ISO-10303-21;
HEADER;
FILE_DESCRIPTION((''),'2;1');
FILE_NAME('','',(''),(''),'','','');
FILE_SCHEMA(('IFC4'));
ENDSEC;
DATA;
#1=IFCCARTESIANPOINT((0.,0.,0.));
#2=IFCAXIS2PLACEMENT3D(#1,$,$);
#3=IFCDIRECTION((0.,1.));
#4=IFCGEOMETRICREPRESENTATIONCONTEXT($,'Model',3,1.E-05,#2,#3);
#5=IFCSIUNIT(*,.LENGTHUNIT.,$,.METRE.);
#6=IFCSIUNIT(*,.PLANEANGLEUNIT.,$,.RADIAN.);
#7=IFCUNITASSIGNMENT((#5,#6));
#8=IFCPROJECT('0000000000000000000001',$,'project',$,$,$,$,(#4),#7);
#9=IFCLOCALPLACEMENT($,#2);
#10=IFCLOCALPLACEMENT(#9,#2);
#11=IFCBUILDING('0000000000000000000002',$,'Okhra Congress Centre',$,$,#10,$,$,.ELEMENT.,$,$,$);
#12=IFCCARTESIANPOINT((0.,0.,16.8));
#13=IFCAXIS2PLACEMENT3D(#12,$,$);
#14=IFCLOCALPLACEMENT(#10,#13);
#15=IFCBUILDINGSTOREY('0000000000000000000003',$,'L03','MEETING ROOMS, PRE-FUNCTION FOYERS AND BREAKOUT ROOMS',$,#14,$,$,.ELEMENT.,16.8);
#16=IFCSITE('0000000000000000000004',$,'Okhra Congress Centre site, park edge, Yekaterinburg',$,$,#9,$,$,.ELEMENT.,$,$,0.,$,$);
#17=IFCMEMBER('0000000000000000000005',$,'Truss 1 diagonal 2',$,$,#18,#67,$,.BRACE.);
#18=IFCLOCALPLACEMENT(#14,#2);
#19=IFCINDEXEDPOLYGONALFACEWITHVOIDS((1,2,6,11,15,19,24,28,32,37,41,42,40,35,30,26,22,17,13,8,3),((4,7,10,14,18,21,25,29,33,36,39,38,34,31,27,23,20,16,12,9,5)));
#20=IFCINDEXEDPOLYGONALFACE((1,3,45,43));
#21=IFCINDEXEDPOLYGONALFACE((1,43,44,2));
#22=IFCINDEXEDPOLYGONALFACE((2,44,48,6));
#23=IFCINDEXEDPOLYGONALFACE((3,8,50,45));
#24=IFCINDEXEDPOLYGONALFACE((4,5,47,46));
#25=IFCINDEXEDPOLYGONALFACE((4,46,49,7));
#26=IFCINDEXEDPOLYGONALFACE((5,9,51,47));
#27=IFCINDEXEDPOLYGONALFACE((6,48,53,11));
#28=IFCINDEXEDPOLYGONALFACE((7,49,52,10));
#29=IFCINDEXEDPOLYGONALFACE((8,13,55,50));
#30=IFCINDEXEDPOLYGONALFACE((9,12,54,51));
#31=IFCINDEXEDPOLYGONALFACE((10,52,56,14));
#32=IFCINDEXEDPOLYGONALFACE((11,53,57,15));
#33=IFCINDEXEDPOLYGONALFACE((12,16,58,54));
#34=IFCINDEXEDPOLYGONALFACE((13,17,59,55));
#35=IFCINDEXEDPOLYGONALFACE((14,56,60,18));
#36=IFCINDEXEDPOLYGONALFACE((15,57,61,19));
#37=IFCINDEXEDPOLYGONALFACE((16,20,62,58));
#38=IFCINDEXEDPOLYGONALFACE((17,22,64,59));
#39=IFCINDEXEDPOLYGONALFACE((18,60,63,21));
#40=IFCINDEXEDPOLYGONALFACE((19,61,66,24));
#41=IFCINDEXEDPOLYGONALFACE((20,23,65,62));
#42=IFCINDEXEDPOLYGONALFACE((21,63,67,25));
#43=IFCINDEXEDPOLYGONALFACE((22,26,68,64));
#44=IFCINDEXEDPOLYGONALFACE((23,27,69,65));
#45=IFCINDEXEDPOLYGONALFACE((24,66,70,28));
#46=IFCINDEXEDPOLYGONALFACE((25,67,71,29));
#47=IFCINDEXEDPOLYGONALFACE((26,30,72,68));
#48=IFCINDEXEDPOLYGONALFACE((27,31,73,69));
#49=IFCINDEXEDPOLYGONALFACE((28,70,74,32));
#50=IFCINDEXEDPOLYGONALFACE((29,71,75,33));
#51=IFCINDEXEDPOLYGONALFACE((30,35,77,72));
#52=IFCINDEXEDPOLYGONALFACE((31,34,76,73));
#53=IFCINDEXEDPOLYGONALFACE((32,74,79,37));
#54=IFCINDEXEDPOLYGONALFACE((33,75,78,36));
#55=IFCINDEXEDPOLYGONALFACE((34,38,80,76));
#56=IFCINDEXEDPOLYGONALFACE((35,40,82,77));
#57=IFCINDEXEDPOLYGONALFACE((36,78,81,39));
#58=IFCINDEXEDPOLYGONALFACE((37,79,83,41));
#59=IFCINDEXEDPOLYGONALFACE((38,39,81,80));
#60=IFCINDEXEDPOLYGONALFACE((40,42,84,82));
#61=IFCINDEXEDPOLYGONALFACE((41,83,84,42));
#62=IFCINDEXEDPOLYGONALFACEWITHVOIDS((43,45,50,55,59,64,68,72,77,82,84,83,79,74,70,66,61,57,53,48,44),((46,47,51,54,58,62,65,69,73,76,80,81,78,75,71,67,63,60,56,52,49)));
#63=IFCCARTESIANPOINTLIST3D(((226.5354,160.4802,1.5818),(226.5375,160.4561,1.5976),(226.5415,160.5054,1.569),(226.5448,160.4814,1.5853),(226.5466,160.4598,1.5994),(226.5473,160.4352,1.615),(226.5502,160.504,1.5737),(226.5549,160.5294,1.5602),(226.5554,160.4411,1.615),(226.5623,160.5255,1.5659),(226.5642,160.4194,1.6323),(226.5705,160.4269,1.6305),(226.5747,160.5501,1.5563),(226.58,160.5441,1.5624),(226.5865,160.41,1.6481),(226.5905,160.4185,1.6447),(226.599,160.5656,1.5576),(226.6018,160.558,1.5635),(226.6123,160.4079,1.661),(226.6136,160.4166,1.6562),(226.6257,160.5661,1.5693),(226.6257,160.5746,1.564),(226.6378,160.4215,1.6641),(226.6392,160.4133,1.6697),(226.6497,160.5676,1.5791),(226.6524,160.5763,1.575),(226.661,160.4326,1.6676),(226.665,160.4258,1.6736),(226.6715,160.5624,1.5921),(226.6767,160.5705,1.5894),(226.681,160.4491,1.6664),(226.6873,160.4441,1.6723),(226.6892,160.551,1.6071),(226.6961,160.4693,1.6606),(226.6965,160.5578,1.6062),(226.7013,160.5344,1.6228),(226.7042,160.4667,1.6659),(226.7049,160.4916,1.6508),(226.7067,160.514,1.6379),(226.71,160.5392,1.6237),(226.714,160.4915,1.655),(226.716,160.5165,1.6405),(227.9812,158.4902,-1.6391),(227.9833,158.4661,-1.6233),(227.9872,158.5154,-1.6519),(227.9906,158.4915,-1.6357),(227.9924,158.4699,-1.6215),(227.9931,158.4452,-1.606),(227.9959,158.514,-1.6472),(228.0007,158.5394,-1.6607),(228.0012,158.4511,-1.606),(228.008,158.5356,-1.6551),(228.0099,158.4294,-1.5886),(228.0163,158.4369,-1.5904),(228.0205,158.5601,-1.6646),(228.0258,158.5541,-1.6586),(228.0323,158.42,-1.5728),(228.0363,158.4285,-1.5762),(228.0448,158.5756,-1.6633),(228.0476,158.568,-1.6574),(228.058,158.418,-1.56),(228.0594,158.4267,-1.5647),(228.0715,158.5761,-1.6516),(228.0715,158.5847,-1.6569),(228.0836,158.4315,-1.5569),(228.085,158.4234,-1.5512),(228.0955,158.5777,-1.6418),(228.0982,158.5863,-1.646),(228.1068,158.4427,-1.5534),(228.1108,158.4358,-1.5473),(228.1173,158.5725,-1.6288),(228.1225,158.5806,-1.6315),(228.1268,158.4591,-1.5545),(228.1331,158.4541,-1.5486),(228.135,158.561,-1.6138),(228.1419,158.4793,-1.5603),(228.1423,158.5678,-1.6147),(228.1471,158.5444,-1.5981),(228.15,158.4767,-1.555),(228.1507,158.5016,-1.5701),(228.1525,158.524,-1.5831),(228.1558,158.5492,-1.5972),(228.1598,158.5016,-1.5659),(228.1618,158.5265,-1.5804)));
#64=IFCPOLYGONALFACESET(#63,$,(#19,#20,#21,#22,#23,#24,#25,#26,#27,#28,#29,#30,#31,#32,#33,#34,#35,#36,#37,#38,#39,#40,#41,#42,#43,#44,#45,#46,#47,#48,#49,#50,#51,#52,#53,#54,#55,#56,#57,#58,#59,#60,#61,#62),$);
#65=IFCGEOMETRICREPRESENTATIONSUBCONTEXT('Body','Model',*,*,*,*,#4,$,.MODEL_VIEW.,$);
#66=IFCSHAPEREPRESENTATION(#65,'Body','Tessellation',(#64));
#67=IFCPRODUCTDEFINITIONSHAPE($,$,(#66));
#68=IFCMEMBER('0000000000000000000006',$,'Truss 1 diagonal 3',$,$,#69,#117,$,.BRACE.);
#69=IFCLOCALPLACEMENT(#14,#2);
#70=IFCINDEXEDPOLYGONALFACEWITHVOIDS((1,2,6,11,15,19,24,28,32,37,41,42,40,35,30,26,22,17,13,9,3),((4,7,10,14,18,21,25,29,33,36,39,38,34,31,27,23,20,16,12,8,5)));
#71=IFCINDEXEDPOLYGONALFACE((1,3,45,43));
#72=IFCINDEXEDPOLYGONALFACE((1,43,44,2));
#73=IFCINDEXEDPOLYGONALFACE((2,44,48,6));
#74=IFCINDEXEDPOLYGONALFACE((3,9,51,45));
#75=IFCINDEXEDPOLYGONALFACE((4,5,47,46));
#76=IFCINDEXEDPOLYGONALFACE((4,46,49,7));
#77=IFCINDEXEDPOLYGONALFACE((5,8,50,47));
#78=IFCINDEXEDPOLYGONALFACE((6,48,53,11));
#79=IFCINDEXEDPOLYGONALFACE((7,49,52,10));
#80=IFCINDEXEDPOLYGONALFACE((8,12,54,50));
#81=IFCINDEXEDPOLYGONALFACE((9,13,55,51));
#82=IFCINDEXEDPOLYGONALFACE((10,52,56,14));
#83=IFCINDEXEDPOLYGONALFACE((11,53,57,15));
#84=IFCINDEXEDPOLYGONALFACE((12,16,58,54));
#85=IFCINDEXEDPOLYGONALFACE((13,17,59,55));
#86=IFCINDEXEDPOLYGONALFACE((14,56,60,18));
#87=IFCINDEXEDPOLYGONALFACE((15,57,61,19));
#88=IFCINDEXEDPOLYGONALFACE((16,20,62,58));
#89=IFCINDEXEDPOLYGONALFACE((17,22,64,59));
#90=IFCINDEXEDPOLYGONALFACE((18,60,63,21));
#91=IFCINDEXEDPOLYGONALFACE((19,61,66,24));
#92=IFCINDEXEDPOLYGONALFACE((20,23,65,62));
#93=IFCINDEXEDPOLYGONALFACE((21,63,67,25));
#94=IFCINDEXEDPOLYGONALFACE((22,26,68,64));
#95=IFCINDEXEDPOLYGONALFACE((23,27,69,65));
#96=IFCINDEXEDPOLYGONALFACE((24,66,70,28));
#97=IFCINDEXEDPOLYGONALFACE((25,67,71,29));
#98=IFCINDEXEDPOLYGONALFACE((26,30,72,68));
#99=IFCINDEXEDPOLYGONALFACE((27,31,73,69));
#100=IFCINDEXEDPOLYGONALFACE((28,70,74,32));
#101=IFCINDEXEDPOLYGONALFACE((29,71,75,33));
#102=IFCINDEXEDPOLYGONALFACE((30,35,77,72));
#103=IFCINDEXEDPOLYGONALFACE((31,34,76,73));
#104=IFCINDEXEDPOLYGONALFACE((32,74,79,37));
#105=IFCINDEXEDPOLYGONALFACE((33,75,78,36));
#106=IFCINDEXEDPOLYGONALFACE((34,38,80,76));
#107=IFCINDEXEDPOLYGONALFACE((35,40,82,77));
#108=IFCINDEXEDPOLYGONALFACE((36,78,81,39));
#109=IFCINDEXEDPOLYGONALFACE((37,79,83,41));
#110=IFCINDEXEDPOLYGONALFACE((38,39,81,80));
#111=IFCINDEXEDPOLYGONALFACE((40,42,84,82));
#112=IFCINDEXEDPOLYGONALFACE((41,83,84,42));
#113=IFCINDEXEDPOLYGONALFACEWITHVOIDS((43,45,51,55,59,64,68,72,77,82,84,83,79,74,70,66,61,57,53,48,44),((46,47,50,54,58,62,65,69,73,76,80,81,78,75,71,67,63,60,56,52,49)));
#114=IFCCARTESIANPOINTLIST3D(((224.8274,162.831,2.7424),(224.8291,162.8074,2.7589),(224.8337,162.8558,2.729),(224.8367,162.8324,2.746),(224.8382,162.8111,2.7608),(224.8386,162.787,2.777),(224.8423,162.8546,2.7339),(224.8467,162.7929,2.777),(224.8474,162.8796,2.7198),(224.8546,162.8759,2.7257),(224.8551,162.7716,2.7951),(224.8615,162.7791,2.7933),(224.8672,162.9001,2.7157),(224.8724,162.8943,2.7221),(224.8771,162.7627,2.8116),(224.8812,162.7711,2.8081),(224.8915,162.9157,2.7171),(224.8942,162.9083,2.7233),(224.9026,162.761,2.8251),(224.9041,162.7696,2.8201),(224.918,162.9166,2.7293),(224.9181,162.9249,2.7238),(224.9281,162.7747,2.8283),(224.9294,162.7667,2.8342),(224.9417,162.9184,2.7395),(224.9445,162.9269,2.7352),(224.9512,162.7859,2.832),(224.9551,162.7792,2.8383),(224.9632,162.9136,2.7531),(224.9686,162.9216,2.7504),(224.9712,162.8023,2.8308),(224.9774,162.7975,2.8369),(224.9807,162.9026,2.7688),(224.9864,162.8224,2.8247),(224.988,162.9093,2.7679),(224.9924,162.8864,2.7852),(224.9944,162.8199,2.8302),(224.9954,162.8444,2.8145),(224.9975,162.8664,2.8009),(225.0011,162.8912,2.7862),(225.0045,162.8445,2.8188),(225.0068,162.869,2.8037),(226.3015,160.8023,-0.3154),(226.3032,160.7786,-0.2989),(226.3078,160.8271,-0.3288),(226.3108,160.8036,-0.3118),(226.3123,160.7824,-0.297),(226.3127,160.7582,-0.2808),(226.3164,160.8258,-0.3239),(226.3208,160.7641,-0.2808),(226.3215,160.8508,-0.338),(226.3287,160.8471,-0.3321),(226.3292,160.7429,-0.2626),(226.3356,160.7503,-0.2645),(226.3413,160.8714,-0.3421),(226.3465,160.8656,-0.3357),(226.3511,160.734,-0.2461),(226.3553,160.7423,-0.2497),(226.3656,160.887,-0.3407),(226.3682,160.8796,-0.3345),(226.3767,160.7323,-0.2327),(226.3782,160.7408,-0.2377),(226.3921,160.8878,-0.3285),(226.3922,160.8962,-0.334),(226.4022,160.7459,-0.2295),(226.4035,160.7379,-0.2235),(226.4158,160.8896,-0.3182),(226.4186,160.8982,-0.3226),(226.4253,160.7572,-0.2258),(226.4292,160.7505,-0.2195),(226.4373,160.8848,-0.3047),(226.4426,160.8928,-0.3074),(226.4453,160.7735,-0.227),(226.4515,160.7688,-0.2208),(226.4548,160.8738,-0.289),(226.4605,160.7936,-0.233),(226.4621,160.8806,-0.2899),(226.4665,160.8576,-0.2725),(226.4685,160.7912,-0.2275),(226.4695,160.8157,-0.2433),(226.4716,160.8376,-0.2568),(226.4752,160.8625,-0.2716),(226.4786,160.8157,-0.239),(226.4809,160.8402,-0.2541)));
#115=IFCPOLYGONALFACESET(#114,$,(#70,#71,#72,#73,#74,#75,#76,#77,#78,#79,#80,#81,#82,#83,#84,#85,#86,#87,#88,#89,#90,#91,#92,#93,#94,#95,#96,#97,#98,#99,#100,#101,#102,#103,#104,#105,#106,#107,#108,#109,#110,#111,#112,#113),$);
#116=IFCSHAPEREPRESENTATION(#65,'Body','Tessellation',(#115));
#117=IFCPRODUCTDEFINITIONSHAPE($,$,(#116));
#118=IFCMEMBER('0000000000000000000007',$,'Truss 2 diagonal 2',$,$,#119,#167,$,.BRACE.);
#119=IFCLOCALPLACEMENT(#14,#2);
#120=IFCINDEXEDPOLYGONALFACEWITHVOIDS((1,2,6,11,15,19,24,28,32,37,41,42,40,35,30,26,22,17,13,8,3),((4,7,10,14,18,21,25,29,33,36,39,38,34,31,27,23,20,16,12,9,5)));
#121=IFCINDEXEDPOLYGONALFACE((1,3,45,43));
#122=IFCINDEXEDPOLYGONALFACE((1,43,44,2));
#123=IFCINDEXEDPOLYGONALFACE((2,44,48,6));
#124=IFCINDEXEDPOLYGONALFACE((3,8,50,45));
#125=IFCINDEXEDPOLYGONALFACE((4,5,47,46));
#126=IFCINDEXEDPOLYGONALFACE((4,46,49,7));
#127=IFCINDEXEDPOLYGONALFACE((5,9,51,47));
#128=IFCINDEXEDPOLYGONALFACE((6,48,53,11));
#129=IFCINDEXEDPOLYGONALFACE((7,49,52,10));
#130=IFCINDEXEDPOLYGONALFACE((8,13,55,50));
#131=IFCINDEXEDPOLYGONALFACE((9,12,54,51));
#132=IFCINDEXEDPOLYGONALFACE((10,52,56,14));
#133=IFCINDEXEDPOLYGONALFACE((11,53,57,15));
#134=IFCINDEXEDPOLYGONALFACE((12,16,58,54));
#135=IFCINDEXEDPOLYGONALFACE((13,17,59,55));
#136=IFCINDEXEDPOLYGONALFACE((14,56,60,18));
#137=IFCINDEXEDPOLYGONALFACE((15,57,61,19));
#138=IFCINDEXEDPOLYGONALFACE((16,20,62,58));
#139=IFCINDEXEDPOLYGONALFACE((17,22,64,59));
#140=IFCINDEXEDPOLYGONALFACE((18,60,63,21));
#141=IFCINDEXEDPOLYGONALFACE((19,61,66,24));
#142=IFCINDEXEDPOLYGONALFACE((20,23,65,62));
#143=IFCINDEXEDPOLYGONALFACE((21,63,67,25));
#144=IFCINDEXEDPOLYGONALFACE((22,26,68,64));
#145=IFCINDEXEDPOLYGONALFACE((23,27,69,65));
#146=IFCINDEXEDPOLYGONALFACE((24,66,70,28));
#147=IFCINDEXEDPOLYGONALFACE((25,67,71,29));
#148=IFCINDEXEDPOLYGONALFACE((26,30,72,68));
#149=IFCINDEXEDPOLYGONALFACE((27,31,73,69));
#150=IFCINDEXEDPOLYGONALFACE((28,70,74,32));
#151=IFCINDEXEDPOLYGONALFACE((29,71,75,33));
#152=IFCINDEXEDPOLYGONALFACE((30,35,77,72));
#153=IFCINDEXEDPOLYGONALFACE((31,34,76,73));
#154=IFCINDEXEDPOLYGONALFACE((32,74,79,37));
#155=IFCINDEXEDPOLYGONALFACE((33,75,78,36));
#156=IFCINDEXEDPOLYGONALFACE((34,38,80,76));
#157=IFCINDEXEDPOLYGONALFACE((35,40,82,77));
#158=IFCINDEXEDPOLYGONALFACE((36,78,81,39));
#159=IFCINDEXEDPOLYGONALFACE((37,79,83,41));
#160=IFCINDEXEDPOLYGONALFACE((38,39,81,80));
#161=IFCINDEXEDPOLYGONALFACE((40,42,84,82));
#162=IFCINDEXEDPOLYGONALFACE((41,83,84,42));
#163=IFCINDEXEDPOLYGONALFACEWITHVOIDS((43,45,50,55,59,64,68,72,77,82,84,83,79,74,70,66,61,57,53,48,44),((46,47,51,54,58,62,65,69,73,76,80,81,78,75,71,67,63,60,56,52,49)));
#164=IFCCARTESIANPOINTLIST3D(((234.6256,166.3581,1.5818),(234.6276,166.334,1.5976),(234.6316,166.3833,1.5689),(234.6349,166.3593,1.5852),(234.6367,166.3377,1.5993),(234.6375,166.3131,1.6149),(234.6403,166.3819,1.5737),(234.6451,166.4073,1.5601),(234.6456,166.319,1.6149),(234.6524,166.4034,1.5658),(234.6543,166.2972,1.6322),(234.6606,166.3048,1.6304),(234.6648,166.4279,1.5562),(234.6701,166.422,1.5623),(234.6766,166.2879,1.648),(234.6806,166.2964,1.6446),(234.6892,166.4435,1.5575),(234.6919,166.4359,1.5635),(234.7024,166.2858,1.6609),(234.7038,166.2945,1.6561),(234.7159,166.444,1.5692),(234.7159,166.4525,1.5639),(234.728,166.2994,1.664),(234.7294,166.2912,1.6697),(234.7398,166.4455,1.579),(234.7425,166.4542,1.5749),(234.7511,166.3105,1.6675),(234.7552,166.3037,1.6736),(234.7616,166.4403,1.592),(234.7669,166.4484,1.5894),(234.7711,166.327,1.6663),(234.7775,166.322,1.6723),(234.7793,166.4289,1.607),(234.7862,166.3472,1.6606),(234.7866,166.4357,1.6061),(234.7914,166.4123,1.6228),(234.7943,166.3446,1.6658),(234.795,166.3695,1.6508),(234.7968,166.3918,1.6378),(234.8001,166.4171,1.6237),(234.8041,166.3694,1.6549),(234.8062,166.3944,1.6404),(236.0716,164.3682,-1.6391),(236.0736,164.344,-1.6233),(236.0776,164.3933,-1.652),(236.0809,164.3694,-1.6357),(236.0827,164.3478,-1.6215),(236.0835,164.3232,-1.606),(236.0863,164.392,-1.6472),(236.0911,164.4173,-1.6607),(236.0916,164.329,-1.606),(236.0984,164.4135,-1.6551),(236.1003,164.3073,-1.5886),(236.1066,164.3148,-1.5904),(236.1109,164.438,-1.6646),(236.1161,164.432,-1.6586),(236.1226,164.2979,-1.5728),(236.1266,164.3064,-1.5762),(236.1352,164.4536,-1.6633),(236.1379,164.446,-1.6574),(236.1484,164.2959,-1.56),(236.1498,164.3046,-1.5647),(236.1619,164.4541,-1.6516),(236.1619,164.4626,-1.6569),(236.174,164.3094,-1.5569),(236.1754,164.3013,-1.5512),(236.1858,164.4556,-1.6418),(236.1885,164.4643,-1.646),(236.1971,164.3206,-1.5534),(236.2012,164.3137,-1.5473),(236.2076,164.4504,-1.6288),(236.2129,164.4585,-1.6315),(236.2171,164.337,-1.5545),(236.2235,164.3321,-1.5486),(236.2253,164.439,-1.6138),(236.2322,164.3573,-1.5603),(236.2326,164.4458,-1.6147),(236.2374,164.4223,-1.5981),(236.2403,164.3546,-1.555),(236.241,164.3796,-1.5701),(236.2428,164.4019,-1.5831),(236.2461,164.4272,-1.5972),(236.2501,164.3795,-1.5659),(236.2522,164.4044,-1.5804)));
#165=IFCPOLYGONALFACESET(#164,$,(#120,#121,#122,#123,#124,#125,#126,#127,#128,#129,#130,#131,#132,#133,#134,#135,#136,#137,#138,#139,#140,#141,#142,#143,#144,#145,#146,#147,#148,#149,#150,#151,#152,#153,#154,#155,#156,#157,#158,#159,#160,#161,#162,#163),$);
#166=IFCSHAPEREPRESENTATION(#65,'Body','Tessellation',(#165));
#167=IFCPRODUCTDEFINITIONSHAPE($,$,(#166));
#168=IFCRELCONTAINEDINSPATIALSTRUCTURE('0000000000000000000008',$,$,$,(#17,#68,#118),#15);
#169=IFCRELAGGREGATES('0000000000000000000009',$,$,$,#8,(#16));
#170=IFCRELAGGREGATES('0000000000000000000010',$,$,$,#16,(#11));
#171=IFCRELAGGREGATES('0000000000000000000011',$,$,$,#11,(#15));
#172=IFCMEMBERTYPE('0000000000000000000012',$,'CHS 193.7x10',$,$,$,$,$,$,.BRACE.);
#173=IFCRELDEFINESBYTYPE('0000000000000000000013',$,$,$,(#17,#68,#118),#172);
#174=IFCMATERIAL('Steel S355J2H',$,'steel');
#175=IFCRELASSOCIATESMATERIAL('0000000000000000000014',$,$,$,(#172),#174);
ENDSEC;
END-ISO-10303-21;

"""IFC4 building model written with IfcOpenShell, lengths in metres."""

from ifc_helpers import new_model, si_unit, direction, frame, origin, origin_2d, place, context, subcontext, project, spatial, hollow_circle, extrude, material, material_profile, profile_set, type_object, element, save


model = new_model("IFC4")

# Units and contexts
model_context = context("Model", 3, precision=1e-05, world=origin(), true_north=direction((0.0, 1.0)))
body_context = subcontext(model_context, "Body", "Model", "MODEL_VIEW")
ifc_project = project(units=[si_unit("LENGTHUNIT", "METRE"), si_unit("PLANEANGLEUNIT", "RADIAN")], contexts=[model_context])

# Site, building, storey
site_placement = place(None, origin())
site = spatial("IfcSite", under=ifc_project, at=site_placement, Name="Okhra Congress Centre site, park edge, Yekaterinburg", CompositionType="ELEMENT", RefElevation=0.0)
building_placement = place(site_placement, origin())
building = spatial("IfcBuilding", under=site, at=building_placement, Name="Okhra Congress Centre", CompositionType="ELEMENT")
storey_placement = place(building_placement, frame((0.0, 0.0, 16.8)))
storey = spatial("IfcBuildingStorey", under=building, at=storey_placement, Name="L03", Description="MEETING ROOMS, PRE-FUNCTION FOYERS AND BREAKOUT ROOMS", CompositionType="ELEMENT", Elevation=16.8)

# Members
ifc_material_1 = material(Name="Steel S355J2H", Category="steel")
ifc_material_profile_1 = material_profile(ifc_material_1, hollow_circle(Radius=0.0969, WallThickness=0.01, at=origin_2d()), Name="CHS 193.7x10")
ifc_profile_set_1 = profile_set([ifc_material_profile_1], Name="Steel S355J2H")
member_type_1 = type_object("IfcMemberType", Name="CHS 193.7x10", PredefinedType="BRACE", material=ifc_profile_set_1)
member_1_placement = place(storey_placement, frame((228.0715, 158.5022, -1.606), z_axis=(-0.356744, 0.49102, 0.794753), x_axis=(-0.809019, -0.587782, 0.0)))
element("IfcMember", 1, at=member_1_placement, inside=storey, type_object=member_type_1, Name="Truss 1 diagonal 2", PredefinedType="BRACE", context=body_context, shape_type="SweptSolid", body=[
    extrude(hollow_circle(Radius=0.0969, WallThickness=0.01, at=origin_2d()), origin(), (0.0, 0.0, 1.0), 4.0527),
])
member_2_placement = place(storey_placement, frame((226.3911, 160.8152, -0.2808), z_axis=(-0.372752, 0.513013, 0.773223), x_axis=(-0.808997, -0.587813, 0.0)))
element("IfcMember", 2, at=member_2_placement, inside=storey, type_object=member_type_1, Name="Truss 1 diagonal 3", PredefinedType="BRACE", context=body_context, shape_type="SweptSolid", body=[
    extrude(hollow_circle(Radius=0.0969, WallThickness=0.01, at=origin_2d()), origin(), (0.0, 0.0, 1.0), 3.9546),
])
member_3_placement = place(storey_placement, frame((236.1619, 164.3801, -1.606), z_axis=(-0.356797, 0.49101, 0.794736), x_axis=(-0.808972, -0.587847, 0.0)))
element("IfcMember", 3, at=member_3_placement, inside=storey, type_object=member_type_1, Name="Truss 2 diagonal 2", PredefinedType="BRACE", context=body_context, shape_type="SweptSolid", body=[
    extrude(hollow_circle(Radius=0.0969, WallThickness=0.01, at=origin_2d()), origin(), (0.0, 0.0, 1.0), 4.0527),
])

save(model, "model.ifc")
